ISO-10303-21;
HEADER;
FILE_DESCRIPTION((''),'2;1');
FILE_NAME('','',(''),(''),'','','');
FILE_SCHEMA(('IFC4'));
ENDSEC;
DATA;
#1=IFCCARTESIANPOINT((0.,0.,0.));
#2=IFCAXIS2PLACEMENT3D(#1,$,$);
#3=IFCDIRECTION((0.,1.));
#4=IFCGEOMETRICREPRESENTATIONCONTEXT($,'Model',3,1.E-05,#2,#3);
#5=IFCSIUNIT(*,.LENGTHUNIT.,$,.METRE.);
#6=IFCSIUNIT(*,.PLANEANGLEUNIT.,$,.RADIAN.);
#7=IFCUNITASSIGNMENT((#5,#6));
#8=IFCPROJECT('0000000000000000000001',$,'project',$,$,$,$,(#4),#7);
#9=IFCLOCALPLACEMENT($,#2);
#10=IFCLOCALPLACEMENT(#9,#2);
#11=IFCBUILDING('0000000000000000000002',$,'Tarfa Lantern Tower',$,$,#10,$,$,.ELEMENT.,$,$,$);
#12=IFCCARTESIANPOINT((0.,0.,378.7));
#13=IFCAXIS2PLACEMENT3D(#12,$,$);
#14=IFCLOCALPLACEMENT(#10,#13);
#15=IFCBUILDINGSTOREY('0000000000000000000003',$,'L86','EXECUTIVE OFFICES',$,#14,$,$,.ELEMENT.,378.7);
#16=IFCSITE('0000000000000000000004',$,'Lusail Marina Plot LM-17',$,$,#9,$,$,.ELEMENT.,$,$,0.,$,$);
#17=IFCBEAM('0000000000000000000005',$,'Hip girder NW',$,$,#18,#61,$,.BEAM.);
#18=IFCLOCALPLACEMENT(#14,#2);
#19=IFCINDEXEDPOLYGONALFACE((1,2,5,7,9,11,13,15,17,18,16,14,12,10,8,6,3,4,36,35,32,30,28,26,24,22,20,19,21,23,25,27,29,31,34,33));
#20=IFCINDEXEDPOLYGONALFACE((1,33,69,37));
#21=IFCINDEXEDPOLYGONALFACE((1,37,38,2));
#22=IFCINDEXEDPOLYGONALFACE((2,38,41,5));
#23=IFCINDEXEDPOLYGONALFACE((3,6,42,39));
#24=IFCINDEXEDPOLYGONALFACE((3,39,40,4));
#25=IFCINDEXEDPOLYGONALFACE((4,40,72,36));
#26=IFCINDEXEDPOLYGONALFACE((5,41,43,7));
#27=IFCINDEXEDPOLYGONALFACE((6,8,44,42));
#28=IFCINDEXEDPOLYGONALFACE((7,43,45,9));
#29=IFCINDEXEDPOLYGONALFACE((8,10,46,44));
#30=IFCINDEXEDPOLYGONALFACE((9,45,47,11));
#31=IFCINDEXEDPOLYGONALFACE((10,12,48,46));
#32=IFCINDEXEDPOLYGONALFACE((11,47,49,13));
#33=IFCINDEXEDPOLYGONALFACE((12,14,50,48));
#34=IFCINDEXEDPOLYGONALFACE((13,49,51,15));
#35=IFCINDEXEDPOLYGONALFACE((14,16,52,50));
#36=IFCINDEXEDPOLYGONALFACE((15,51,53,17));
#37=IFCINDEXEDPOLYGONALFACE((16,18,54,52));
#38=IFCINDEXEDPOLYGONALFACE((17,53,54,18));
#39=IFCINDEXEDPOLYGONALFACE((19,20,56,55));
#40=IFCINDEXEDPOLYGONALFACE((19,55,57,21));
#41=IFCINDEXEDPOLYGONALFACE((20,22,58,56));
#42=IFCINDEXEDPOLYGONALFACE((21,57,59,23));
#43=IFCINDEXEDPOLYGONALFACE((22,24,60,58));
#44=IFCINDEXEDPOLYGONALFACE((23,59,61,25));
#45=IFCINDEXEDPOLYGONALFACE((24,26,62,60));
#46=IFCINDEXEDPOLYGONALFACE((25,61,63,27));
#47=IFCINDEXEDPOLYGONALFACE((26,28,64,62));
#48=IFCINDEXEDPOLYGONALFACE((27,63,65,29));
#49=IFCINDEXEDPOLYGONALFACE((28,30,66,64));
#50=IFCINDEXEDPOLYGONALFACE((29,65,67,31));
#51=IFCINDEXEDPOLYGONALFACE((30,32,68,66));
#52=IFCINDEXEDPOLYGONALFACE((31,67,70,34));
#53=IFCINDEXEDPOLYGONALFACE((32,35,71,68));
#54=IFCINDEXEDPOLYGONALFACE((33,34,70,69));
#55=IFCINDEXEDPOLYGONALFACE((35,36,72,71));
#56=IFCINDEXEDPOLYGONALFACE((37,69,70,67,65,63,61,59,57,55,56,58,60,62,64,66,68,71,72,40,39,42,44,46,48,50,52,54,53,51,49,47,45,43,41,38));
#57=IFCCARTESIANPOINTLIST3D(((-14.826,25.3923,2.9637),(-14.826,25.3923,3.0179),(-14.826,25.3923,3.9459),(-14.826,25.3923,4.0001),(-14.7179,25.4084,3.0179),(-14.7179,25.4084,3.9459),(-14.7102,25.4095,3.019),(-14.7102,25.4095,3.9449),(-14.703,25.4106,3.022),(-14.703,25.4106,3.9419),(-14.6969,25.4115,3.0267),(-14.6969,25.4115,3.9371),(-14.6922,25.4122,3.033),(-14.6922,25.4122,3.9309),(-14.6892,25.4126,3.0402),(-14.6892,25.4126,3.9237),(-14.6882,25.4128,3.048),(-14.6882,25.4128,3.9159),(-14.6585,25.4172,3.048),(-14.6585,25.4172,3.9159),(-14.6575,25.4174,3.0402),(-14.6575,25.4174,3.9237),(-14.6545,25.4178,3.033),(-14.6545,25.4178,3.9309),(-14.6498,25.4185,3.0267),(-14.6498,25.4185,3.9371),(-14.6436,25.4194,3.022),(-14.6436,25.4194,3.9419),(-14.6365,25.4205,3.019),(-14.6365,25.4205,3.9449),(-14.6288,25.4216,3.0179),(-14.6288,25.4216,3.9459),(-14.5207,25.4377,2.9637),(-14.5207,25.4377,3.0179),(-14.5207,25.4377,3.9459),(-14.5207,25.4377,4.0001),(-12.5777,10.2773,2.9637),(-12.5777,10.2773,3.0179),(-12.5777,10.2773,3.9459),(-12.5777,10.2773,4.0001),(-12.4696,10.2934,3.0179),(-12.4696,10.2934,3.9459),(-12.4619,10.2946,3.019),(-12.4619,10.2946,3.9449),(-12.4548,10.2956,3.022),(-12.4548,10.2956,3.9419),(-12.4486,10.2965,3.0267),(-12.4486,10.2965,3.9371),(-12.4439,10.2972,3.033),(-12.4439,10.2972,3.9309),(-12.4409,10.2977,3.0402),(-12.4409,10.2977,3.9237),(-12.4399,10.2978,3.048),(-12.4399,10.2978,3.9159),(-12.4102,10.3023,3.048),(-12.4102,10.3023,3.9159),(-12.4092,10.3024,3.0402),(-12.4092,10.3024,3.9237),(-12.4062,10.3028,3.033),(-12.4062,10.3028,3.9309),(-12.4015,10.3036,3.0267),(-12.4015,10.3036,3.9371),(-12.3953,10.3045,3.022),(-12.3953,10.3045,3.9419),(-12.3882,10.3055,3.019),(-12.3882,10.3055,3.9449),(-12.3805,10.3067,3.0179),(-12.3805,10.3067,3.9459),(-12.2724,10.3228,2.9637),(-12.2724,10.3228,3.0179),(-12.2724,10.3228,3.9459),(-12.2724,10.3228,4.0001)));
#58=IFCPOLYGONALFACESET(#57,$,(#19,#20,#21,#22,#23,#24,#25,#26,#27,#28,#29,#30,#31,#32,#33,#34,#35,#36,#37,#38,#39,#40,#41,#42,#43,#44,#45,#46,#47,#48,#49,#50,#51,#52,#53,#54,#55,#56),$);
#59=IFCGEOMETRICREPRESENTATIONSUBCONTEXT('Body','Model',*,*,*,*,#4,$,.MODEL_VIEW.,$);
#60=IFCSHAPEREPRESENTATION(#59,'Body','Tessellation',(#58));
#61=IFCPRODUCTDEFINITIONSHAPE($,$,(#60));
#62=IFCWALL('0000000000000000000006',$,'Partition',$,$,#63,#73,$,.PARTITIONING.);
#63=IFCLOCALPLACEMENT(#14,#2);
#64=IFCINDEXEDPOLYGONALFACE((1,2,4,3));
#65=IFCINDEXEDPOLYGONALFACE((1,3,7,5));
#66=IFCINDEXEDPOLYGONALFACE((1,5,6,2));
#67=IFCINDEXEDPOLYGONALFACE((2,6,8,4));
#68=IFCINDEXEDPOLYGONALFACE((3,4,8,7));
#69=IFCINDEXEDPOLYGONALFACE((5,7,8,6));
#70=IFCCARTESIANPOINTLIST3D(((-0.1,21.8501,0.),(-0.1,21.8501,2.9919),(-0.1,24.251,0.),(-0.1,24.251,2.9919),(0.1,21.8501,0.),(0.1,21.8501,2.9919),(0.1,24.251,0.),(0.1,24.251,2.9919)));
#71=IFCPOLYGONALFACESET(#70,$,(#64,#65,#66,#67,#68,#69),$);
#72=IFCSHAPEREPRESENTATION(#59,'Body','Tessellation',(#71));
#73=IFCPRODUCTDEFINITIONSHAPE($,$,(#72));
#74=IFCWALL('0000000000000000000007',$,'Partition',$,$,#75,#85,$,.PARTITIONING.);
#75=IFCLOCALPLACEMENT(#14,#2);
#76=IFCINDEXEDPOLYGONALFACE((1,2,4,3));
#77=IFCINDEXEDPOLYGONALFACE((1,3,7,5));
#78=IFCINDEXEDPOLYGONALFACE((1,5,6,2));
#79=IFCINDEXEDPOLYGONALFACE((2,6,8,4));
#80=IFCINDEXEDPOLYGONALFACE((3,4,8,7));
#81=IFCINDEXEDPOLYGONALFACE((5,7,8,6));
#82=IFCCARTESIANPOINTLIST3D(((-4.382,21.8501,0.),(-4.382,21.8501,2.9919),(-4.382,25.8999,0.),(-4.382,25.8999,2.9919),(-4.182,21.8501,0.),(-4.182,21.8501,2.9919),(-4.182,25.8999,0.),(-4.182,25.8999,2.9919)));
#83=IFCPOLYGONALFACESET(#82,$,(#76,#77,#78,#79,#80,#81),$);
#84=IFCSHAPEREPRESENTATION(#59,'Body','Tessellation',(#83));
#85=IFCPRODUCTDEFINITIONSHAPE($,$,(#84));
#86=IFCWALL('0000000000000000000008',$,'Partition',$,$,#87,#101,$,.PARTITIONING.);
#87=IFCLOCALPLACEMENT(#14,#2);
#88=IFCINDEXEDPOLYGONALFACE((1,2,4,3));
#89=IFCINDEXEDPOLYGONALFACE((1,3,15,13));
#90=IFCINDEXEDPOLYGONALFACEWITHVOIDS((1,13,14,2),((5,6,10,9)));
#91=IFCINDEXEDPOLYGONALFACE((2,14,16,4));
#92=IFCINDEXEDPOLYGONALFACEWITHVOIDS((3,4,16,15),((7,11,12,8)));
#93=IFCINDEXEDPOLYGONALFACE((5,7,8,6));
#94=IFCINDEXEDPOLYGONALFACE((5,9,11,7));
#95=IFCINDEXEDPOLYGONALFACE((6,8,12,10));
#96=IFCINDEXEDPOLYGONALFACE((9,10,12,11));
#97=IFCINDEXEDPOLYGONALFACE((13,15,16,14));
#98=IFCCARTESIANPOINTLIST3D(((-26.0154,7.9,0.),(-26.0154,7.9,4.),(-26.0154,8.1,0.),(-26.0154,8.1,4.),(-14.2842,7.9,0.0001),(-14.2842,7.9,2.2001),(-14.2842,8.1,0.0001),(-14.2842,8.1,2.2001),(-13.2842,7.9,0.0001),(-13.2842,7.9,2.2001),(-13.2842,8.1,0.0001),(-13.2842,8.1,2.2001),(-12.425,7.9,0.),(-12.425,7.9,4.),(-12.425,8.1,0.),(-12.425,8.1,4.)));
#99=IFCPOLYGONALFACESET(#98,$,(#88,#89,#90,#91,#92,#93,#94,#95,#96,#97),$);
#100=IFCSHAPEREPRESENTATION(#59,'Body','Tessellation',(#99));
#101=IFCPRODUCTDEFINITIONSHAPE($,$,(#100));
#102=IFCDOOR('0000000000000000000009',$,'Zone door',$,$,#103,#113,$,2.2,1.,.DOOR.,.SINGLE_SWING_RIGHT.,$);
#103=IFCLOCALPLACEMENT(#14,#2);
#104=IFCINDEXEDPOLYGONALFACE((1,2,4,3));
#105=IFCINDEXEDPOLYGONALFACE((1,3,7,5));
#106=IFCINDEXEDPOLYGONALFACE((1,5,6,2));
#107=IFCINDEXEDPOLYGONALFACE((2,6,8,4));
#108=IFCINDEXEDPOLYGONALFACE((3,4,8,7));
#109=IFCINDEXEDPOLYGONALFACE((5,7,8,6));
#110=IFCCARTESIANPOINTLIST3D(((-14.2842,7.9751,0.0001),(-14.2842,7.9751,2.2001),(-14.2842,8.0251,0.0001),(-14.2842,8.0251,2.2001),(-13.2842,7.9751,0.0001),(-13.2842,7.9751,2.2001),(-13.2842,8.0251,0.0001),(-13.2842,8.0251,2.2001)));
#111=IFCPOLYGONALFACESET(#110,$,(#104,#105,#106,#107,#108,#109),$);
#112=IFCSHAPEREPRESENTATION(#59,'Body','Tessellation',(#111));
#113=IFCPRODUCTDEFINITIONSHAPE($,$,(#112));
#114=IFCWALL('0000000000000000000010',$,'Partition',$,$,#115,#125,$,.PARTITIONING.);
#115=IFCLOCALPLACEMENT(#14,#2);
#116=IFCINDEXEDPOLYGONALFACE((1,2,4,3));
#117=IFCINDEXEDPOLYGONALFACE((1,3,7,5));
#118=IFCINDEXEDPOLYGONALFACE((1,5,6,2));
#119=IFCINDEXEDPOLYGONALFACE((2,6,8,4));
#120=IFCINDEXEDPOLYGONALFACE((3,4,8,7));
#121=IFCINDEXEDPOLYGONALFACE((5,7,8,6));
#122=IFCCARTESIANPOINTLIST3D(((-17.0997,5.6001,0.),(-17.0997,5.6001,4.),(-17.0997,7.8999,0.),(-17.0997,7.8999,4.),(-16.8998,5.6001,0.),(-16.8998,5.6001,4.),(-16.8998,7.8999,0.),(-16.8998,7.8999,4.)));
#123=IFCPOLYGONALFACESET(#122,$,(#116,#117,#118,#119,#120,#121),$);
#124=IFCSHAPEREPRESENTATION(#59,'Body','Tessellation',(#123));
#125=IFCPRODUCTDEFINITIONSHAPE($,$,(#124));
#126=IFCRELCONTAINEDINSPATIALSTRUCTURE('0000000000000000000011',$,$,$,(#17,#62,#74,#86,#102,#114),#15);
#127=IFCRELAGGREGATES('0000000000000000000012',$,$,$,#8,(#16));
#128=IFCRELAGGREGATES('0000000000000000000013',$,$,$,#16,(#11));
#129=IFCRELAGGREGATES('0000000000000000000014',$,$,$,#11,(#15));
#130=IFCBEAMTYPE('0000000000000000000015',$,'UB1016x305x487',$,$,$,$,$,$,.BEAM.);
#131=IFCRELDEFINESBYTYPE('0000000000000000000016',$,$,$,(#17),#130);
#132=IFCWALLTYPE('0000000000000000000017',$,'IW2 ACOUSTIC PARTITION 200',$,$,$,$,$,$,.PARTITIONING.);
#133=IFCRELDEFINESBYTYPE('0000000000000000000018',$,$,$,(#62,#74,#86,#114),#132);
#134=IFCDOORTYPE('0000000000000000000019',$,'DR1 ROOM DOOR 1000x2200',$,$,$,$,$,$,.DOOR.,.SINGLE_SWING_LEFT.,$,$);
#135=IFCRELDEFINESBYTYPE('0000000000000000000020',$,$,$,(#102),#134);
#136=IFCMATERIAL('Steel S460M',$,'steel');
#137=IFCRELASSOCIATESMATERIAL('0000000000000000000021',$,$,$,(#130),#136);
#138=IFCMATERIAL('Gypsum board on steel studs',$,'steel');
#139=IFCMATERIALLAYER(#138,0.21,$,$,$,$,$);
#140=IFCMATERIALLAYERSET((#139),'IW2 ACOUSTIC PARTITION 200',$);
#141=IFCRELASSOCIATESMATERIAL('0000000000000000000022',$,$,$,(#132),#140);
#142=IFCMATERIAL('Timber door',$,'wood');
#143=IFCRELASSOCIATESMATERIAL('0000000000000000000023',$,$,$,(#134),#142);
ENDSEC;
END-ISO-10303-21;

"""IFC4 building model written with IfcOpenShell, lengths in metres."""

from ifc_helpers import new_model, si_unit, direction, frame, frame_2d, origin, origin_2d, place, context, subcontext, project, spatial, rectangle, i_section, extrude, material, layer, layer_set, material_profile, profile_set, type_object, element, fill, save


model = new_model("IFC4")

# Units and contexts
model_context = context("Model", 3, precision=1e-05, world=origin(), true_north=direction((0.0, 1.0)))
body_context = subcontext(model_context, "Body", "Model", "MODEL_VIEW")
ifc_project = project(units=[si_unit("LENGTHUNIT", "METRE"), si_unit("PLANEANGLEUNIT", "RADIAN")], contexts=[model_context])

# Site, building, storey
site_placement = place(None, origin())
site = spatial("IfcSite", under=ifc_project, at=site_placement, Name="Lusail Marina Plot LM-17", CompositionType="ELEMENT", RefElevation=0.0)
building_placement = place(site_placement, origin())
building = spatial("IfcBuilding", under=site, at=building_placement, Name="Tarfa Lantern Tower", CompositionType="ELEMENT")
storey_placement = place(building_placement, frame((0.0, 0.0, 378.7)))
storey = spatial("IfcBuildingStorey", under=building, at=storey_placement, Name="L86", Description="EXECUTIVE OFFICES", CompositionType="ELEMENT", Elevation=378.7)

# Beam
ifc_material_1 = material(Name="Steel S460M", Category="steel")
ifc_material_profile = material_profile(ifc_material_1, i_section(OverallWidth=0.3086, OverallDepth=1.0364, WebThickness=0.03, FlangeThickness=0.0542, FilletRadius=0.03, at=origin_2d()), Name="UB1016x305x487")
ifc_profile_set = profile_set([ifc_material_profile], Name="Steel S460M")
beam_type = type_object("IfcBeamType", Name="UB1016x305x487", PredefinedType="BEAM", material=ifc_profile_set)
beam_placement = place(storey_placement, frame((-12.425, 10.3, 3.4819), z_axis=(-0.147127, 0.989118, 0.0), x_axis=(-0.989118, -0.147127, 0.0)))
element("IfcBeam", 1, at=beam_placement, inside=storey, type_object=beam_type, Name="Hip girder NW", PredefinedType="BEAM", context=body_context, shape_type="SweptSolid", body=[
    extrude(i_section(OverallWidth=0.3086, OverallDepth=1.0364, WebThickness=0.03, FlangeThickness=0.0542, FilletRadius=0.03, at=origin_2d()), origin(), (0.0, 0.0, 1.0), 15.2812),
])

# Walls
ifc_material_2 = material(Name="Gypsum board on steel studs", Category="steel")
ifc_layer_1 = layer(ifc_material_2, 0.21)
ifc_layer_set_1 = layer_set([ifc_layer_1], Name="IW2 ACOUSTIC PARTITION 200")
wall_type_1 = type_object("IfcWallType", Name="IW2 ACOUSTIC PARTITION 200", PredefinedType="PARTITIONING", material=ifc_layer_set_1)
wall_1_placement = place(storey_placement, frame((0.0, 21.8501, 0.0), z_axis=(0.0, 0.0, 1.0), x_axis=(0.0, 1.0, 0.0)))
element("IfcWall", 2, at=wall_1_placement, inside=storey, type_object=wall_type_1, Name="Partition", PredefinedType="PARTITIONING", context=body_context, shape_type="SweptSolid", body=[
    extrude(rectangle(XDim=2.4009, YDim=0.2, at=frame_2d((1.2004, 0.0))), origin(), (0.0, 0.0, 1.0), 2.9919),
])
wall_2_placement = place(storey_placement, frame((-4.282, 21.8501, 0.0), z_axis=(0.0, 0.0, 1.0), x_axis=(0.0, 1.0, 0.0)))
element("IfcWall", 3, at=wall_2_placement, inside=storey, type_object=wall_type_1, Name="Partition", PredefinedType="PARTITIONING", context=body_context, shape_type="SweptSolid", body=[
    extrude(rectangle(XDim=4.0498, YDim=0.2, at=frame_2d((2.0249, 0.0))), origin(), (0.0, 0.0, 1.0), 2.9919),
])

# Wall, opening, door
wall_3_placement = place(storey_placement, frame((-12.425, 8.0, 0.0), z_axis=(0.0, 0.0, 1.0), x_axis=(-1.0, 0.0, 0.0)))
wall_3 = element("IfcWall", 4, at=wall_3_placement, inside=storey, type_object=wall_type_1, Name="Partition", PredefinedType="PARTITIONING", context=body_context, shape_type="SweptSolid", body=[
    extrude(rectangle(XDim=13.5903, YDim=0.2, at=frame_2d((6.7952, 0.0))), origin(), (0.0, 0.0, 1.0), 4.0),
])
opening_1_placement = place(wall_3_placement, frame((0.8591, 0.0, 0.0)))
opening_1 = element("IfcOpeningElement", 5, at=opening_1_placement, cuts=wall_3, PredefinedType="OPENING", context=body_context, shape_type="SweptSolid", body=[
    extrude(rectangle(XDim=1.0, YDim=2.2, at=frame_2d((0.5, 1.1001))), frame((0.0, 0.1099, 0.0), z_axis=(0.0, -1.0, 0.0), x_axis=(1.0, 0.0, 0.0)), (0.0, 0.0, 1.0), 0.22),
])
ifc_material_3 = material(Name="Timber door", Category="wood")
door_type_1 = type_object("IfcDoorType", Name="DR1 ROOM DOOR 1000x2200", OperationType="SINGLE_SWING_LEFT", PredefinedType="DOOR", material=ifc_material_3)
door_1_placement = place(opening_1_placement, origin())
door_1 = element("IfcDoor", 6, at=door_1_placement, inside=storey, type_object=door_type_1, Name="Zone door", OperationType="SINGLE_SWING_RIGHT", OverallHeight=2.2, OverallWidth=1.0, PredefinedType="DOOR", context=body_context, shape_type="SweptSolid", body=[
    extrude(rectangle(XDim=1.0, YDim=2.2, at=frame_2d((0.5, 1.1001))), frame((0.0, 0.0249, 0.0), z_axis=(0.0, -1.0, 0.0), x_axis=(1.0, 0.0, 0.0)), (0.0, 0.0, 1.0), 0.05),
])
fill(opening_1, door_1)

# Wall
wall_4_placement = place(storey_placement, frame((-16.9998, 7.8999, 0.0), z_axis=(0.0, 0.0, 1.0), x_axis=(0.0, -1.0, 0.0)))
element("IfcWall", 7, at=wall_4_placement, inside=storey, type_object=wall_type_1, Name="Partition", PredefinedType="PARTITIONING", context=body_context, shape_type="SweptSolid", body=[
    extrude(rectangle(XDim=2.2998, YDim=0.2, at=frame_2d((1.1499, 0.0))), origin(), (0.0, 0.0, 1.0), 4.0),
])

save(model, "model.ifc")
